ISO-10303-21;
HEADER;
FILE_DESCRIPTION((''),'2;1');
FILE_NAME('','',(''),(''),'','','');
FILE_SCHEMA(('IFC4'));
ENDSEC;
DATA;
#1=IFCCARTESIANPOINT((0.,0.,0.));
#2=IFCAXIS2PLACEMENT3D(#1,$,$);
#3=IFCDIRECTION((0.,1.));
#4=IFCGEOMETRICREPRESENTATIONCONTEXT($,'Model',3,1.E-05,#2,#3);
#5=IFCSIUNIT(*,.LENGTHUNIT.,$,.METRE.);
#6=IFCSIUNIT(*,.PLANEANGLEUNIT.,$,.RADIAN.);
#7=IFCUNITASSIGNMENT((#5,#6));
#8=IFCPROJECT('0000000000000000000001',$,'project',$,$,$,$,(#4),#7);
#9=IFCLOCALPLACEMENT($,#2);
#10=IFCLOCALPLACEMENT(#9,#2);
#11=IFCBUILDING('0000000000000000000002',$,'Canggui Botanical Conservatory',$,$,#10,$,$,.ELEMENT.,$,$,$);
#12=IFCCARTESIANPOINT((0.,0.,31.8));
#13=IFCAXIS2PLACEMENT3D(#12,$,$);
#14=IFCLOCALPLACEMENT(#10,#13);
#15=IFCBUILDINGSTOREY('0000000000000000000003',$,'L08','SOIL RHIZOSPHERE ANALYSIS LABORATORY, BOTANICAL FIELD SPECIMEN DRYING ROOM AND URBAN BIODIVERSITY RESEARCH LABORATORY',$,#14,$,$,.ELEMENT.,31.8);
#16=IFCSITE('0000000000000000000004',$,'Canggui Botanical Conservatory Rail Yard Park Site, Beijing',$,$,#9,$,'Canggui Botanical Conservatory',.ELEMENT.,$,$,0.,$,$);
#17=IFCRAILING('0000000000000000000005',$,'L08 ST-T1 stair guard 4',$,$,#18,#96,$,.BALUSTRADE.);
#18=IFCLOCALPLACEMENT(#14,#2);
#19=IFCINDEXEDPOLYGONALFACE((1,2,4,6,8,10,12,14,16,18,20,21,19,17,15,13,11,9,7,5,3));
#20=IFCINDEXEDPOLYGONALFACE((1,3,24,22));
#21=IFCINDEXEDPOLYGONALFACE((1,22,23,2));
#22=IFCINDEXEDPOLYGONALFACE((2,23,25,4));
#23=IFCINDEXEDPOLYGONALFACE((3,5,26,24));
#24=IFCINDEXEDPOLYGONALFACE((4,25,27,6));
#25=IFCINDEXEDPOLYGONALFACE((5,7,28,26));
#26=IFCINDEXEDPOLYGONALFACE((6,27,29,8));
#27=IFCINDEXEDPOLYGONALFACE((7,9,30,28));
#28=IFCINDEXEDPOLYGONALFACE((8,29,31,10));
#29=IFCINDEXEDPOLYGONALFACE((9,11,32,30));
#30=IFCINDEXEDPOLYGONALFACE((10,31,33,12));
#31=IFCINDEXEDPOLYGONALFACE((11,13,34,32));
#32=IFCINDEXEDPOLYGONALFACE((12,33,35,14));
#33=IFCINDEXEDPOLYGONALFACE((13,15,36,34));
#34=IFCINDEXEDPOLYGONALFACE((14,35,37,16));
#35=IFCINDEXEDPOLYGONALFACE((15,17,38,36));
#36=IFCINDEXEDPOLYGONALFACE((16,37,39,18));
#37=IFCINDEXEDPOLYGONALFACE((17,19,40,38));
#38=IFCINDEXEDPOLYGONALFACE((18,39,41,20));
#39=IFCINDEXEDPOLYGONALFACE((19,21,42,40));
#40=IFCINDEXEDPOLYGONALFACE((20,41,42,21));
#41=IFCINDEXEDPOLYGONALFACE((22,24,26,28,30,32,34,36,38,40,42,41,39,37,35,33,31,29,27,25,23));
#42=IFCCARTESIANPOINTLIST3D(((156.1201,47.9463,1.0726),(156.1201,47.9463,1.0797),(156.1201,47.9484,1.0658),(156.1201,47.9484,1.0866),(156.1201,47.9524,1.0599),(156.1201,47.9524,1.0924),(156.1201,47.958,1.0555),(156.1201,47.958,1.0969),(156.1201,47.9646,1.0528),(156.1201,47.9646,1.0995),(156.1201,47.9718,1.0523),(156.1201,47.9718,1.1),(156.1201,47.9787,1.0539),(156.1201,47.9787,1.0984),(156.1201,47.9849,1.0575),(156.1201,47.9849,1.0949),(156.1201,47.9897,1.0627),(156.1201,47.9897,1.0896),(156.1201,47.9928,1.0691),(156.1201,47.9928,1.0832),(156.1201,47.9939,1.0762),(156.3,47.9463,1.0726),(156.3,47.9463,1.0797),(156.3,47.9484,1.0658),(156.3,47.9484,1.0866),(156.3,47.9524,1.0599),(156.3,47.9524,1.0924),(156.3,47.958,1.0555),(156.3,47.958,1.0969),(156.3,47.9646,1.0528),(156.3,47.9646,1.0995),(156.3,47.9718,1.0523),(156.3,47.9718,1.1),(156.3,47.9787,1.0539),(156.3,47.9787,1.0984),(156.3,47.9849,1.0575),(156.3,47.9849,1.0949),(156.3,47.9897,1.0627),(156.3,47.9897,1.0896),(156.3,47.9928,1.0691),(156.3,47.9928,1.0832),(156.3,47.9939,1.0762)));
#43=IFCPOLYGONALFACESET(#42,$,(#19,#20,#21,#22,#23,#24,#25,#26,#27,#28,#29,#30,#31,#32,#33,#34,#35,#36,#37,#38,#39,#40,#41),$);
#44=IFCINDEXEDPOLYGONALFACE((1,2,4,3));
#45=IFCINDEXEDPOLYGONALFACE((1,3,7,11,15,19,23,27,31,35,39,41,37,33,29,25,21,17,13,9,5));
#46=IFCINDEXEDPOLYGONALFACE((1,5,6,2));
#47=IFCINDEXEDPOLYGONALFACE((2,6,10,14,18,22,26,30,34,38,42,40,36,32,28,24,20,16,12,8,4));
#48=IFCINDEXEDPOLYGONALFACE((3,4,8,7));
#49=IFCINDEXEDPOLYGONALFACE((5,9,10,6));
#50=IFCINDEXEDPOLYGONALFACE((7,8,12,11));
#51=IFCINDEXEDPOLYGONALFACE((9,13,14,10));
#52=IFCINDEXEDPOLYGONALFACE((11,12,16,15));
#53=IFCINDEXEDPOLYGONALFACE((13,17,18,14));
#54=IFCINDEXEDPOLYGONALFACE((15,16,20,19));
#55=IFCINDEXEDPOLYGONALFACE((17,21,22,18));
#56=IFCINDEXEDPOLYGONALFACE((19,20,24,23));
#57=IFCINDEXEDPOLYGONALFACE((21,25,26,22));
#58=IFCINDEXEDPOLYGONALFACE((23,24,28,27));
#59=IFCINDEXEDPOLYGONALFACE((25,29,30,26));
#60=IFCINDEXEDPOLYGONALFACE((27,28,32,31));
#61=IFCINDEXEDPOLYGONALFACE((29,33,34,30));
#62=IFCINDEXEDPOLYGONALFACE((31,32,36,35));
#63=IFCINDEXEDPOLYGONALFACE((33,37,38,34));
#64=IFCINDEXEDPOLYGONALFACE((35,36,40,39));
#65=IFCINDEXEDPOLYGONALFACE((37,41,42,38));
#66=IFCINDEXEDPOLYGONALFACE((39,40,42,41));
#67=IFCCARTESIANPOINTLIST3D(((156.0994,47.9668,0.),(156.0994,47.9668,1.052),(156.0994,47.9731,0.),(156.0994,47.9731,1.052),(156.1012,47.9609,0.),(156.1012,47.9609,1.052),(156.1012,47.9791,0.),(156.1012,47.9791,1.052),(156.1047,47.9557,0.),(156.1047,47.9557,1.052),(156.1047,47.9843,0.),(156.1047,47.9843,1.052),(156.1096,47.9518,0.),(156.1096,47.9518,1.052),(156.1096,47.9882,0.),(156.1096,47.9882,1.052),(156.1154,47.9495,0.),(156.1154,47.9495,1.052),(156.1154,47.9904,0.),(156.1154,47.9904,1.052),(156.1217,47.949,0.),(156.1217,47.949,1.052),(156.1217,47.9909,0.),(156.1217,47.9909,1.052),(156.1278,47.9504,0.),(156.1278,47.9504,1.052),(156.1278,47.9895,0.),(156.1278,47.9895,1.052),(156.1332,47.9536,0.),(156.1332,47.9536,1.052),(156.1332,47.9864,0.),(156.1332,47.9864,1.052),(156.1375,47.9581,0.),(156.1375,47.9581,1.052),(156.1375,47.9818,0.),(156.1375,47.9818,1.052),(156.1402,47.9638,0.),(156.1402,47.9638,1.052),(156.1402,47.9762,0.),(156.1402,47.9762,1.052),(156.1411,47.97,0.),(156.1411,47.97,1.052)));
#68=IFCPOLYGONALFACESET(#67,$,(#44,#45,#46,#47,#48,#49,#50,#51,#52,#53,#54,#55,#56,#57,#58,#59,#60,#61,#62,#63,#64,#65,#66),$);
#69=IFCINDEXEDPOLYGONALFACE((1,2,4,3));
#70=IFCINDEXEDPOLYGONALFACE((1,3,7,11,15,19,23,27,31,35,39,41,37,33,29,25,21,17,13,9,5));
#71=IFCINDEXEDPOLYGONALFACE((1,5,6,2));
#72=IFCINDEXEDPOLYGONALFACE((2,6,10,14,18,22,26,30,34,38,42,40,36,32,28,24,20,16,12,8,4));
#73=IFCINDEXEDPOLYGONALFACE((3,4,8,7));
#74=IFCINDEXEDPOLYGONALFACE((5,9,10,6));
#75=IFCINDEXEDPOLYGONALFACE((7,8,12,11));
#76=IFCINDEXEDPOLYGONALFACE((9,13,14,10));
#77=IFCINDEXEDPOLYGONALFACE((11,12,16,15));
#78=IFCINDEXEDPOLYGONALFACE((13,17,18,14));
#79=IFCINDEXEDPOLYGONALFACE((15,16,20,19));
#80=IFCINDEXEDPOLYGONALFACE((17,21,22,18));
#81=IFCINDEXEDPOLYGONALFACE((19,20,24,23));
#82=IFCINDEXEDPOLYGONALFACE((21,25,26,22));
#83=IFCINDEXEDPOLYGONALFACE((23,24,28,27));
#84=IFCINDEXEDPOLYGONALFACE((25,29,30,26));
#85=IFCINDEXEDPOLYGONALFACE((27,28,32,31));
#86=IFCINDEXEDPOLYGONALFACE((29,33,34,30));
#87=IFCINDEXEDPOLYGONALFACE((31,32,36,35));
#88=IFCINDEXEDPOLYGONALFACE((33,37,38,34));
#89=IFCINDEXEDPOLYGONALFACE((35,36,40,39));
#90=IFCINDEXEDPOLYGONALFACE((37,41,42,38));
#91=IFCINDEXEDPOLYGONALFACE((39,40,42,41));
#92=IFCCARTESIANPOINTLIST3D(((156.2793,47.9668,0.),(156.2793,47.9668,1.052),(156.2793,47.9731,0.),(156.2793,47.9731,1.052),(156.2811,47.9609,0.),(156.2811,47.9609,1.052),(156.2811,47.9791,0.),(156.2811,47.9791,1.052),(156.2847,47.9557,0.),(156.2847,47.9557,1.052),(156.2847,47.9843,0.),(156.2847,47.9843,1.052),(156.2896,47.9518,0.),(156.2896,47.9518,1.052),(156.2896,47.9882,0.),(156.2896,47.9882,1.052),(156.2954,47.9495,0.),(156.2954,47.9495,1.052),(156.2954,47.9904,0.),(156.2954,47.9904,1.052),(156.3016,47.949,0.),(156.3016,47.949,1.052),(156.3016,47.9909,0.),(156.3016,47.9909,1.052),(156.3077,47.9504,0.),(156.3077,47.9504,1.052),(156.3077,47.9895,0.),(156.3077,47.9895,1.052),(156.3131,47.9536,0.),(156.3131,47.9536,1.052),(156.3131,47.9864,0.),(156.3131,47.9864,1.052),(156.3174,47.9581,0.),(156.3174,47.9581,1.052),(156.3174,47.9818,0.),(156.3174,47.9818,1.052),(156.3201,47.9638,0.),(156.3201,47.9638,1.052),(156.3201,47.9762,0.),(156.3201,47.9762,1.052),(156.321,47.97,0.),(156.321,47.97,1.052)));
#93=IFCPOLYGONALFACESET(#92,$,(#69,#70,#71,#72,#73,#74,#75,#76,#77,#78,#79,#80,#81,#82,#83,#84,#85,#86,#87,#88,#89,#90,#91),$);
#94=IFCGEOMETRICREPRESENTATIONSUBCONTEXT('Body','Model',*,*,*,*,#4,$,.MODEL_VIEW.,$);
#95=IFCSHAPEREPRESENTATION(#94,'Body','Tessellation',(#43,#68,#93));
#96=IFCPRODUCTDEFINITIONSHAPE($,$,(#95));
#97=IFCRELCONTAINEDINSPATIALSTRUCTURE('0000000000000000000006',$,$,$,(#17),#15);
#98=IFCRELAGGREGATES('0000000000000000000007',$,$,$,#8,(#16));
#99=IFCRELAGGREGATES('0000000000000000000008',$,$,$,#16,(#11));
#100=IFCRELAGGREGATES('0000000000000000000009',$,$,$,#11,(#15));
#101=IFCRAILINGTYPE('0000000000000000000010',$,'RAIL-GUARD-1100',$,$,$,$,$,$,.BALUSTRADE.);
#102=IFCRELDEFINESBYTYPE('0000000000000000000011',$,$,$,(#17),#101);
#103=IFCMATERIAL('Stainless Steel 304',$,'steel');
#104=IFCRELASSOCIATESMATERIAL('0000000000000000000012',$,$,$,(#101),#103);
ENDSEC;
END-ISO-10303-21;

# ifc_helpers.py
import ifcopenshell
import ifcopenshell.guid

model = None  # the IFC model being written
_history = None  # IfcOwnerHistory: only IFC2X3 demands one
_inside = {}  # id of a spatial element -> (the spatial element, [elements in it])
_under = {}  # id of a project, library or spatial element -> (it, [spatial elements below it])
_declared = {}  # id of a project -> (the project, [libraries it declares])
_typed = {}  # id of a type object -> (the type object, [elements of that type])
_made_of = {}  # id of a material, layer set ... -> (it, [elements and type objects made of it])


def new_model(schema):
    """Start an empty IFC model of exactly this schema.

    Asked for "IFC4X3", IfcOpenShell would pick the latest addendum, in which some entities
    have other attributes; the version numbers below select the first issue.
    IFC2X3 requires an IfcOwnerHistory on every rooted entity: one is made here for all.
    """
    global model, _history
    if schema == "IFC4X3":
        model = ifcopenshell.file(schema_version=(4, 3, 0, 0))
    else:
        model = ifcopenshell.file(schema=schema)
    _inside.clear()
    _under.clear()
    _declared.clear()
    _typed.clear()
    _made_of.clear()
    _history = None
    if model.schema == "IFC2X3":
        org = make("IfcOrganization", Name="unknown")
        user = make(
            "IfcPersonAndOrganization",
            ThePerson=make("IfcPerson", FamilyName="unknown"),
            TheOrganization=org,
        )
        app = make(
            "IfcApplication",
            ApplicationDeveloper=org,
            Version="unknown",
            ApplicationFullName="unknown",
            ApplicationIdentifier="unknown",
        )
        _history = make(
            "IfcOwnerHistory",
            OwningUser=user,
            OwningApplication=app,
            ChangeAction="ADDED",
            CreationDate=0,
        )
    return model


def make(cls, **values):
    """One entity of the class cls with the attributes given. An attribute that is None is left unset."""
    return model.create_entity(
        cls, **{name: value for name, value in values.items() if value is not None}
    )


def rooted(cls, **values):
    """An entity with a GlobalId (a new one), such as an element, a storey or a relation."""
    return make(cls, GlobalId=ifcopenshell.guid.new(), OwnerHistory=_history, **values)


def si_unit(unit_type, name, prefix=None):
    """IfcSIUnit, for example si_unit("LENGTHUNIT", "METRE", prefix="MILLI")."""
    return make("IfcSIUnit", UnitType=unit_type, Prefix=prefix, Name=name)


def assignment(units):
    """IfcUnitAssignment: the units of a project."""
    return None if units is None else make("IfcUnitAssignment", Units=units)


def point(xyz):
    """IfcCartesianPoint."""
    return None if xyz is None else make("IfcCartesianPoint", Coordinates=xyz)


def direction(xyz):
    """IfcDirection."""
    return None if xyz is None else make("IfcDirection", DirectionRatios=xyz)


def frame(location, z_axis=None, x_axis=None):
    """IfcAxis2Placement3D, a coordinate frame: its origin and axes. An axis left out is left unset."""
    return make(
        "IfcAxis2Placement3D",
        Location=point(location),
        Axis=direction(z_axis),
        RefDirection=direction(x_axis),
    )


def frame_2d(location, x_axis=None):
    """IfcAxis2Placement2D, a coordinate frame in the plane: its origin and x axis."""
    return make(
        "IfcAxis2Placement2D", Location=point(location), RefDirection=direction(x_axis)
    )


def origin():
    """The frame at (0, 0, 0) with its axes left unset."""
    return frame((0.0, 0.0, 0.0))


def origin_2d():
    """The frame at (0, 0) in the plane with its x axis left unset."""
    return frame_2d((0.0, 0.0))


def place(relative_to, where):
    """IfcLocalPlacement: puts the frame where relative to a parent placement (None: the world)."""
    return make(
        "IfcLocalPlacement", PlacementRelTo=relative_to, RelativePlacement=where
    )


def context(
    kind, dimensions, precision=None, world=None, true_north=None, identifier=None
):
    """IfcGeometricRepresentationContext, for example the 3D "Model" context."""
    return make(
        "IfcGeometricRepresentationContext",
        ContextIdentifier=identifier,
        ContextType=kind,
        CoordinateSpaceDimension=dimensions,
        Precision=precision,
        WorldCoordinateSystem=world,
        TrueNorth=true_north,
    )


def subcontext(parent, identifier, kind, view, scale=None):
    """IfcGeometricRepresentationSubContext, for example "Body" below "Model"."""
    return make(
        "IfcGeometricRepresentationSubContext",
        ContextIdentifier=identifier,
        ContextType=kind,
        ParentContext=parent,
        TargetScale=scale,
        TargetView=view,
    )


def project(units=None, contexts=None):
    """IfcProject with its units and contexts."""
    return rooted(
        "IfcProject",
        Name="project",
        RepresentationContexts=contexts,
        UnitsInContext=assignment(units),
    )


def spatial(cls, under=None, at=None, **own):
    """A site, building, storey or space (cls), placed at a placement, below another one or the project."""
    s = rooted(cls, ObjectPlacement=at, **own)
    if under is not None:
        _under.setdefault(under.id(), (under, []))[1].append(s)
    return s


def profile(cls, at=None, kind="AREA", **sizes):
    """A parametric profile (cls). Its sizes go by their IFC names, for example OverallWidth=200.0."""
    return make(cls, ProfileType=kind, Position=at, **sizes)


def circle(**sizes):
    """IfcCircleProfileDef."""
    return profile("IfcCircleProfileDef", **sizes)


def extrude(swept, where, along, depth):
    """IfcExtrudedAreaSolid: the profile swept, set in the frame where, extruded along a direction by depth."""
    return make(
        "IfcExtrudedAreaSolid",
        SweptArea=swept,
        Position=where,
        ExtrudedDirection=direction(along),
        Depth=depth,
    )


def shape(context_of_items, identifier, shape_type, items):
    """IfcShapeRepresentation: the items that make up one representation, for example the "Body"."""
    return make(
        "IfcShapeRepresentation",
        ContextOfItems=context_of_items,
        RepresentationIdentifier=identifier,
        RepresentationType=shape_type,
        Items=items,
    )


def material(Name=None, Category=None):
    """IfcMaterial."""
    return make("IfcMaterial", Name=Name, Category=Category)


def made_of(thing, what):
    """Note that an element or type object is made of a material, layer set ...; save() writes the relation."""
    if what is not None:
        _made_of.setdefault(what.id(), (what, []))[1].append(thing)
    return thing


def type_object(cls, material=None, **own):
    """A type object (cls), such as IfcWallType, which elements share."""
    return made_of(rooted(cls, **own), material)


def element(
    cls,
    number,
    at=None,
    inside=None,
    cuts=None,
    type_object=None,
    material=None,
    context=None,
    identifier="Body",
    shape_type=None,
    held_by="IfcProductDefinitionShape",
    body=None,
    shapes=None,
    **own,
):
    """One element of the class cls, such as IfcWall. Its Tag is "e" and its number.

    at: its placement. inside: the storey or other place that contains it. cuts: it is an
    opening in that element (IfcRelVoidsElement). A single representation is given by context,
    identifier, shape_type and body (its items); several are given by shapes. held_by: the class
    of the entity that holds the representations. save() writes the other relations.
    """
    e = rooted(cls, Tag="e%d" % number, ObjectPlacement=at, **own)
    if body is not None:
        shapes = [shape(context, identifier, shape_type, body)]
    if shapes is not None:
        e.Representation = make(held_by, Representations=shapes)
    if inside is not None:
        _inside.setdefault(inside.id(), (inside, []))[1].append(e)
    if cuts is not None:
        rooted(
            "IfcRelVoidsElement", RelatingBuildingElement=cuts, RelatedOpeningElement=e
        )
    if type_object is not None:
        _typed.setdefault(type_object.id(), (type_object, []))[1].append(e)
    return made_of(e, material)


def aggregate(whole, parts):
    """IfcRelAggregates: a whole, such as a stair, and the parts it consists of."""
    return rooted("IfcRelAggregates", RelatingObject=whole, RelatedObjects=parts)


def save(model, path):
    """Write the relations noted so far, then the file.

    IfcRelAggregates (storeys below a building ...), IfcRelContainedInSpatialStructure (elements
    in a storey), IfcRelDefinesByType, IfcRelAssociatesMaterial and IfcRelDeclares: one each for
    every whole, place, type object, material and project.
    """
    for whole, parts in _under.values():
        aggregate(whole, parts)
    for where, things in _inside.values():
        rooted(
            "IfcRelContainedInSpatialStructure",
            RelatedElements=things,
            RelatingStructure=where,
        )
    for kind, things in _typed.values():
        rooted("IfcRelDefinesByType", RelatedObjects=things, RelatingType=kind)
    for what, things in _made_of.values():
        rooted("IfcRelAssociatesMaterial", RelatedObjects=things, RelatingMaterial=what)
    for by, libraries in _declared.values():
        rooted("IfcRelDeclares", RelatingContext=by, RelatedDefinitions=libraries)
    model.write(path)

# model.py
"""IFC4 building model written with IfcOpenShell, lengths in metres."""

from ifc_helpers import new_model, si_unit, direction, frame, origin, origin_2d, place, context, subcontext, project, spatial, circle, extrude, material, type_object, element, save


model = new_model("IFC4")

# Units and contexts
model_context = context("Model", 3, precision=1e-05, world=origin(), true_north=direction((0.0, 1.0)))
body_context = subcontext(model_context, "Body", "Model", "MODEL_VIEW")
ifc_project = project(units=[si_unit("LENGTHUNIT", "METRE"), si_unit("PLANEANGLEUNIT", "RADIAN")], contexts=[model_context])

# Site, building, storey
site_placement = place(None, origin())
site = spatial("IfcSite", under=ifc_project, at=site_placement, Name="Canggui Botanical Conservatory Rail Yard Park Site, Beijing", LongName="Canggui Botanical Conservatory", CompositionType="ELEMENT", RefElevation=0.0)
building_placement = place(site_placement, origin())
building = spatial("IfcBuilding", under=site, at=building_placement, Name="Canggui Botanical Conservatory", CompositionType="ELEMENT")
storey_placement = place(building_placement, frame((0.0, 0.0, 31.8)))
storey = spatial("IfcBuildingStorey", under=building, at=storey_placement, Name="L08", Description="SOIL RHIZOSPHERE ANALYSIS LABORATORY, BOTANICAL FIELD SPECIMEN DRYING ROOM AND URBAN BIODIVERSITY RESEARCH LABORATORY", CompositionType="ELEMENT", Elevation=31.8)

# Shared definitions
ifc_material_1 = material(Name="Stainless Steel 304", Category="steel")

# Railing
railing_type_1 = type_object("IfcRailingType", Name="RAIL-GUARD-1100", PredefinedType="BALUSTRADE", material=ifc_material_1)
railing_1_placement = place(storey_placement, frame((156.1201, 47.97, 0.0)))
element("IfcRailing", 1, at=railing_1_placement, inside=storey, type_object=railing_type_1, Name="L08 ST-T1 stair guard 4", PredefinedType="BALUSTRADE", context=body_context, shape_type="SweptSolid", body=[
    extrude(circle(Radius=0.0239, at=origin_2d()), frame((0.0, 0.0, 1.0762), z_axis=(1.0, 0.0, 0.0), x_axis=(0.0, 1.0, 0.0)), (0.0, 0.0, 1.0), 0.1799),
    extrude(circle(Radius=0.021, at=origin_2d()), origin(), (0.0, 0.0, 1.0), 1.052),
    extrude(circle(Radius=0.021, at=origin_2d()), frame((0.1799, 0.0, 0.0)), (0.0, 0.0, 1.0), 1.052),
])

save(model, "model.ifc")
